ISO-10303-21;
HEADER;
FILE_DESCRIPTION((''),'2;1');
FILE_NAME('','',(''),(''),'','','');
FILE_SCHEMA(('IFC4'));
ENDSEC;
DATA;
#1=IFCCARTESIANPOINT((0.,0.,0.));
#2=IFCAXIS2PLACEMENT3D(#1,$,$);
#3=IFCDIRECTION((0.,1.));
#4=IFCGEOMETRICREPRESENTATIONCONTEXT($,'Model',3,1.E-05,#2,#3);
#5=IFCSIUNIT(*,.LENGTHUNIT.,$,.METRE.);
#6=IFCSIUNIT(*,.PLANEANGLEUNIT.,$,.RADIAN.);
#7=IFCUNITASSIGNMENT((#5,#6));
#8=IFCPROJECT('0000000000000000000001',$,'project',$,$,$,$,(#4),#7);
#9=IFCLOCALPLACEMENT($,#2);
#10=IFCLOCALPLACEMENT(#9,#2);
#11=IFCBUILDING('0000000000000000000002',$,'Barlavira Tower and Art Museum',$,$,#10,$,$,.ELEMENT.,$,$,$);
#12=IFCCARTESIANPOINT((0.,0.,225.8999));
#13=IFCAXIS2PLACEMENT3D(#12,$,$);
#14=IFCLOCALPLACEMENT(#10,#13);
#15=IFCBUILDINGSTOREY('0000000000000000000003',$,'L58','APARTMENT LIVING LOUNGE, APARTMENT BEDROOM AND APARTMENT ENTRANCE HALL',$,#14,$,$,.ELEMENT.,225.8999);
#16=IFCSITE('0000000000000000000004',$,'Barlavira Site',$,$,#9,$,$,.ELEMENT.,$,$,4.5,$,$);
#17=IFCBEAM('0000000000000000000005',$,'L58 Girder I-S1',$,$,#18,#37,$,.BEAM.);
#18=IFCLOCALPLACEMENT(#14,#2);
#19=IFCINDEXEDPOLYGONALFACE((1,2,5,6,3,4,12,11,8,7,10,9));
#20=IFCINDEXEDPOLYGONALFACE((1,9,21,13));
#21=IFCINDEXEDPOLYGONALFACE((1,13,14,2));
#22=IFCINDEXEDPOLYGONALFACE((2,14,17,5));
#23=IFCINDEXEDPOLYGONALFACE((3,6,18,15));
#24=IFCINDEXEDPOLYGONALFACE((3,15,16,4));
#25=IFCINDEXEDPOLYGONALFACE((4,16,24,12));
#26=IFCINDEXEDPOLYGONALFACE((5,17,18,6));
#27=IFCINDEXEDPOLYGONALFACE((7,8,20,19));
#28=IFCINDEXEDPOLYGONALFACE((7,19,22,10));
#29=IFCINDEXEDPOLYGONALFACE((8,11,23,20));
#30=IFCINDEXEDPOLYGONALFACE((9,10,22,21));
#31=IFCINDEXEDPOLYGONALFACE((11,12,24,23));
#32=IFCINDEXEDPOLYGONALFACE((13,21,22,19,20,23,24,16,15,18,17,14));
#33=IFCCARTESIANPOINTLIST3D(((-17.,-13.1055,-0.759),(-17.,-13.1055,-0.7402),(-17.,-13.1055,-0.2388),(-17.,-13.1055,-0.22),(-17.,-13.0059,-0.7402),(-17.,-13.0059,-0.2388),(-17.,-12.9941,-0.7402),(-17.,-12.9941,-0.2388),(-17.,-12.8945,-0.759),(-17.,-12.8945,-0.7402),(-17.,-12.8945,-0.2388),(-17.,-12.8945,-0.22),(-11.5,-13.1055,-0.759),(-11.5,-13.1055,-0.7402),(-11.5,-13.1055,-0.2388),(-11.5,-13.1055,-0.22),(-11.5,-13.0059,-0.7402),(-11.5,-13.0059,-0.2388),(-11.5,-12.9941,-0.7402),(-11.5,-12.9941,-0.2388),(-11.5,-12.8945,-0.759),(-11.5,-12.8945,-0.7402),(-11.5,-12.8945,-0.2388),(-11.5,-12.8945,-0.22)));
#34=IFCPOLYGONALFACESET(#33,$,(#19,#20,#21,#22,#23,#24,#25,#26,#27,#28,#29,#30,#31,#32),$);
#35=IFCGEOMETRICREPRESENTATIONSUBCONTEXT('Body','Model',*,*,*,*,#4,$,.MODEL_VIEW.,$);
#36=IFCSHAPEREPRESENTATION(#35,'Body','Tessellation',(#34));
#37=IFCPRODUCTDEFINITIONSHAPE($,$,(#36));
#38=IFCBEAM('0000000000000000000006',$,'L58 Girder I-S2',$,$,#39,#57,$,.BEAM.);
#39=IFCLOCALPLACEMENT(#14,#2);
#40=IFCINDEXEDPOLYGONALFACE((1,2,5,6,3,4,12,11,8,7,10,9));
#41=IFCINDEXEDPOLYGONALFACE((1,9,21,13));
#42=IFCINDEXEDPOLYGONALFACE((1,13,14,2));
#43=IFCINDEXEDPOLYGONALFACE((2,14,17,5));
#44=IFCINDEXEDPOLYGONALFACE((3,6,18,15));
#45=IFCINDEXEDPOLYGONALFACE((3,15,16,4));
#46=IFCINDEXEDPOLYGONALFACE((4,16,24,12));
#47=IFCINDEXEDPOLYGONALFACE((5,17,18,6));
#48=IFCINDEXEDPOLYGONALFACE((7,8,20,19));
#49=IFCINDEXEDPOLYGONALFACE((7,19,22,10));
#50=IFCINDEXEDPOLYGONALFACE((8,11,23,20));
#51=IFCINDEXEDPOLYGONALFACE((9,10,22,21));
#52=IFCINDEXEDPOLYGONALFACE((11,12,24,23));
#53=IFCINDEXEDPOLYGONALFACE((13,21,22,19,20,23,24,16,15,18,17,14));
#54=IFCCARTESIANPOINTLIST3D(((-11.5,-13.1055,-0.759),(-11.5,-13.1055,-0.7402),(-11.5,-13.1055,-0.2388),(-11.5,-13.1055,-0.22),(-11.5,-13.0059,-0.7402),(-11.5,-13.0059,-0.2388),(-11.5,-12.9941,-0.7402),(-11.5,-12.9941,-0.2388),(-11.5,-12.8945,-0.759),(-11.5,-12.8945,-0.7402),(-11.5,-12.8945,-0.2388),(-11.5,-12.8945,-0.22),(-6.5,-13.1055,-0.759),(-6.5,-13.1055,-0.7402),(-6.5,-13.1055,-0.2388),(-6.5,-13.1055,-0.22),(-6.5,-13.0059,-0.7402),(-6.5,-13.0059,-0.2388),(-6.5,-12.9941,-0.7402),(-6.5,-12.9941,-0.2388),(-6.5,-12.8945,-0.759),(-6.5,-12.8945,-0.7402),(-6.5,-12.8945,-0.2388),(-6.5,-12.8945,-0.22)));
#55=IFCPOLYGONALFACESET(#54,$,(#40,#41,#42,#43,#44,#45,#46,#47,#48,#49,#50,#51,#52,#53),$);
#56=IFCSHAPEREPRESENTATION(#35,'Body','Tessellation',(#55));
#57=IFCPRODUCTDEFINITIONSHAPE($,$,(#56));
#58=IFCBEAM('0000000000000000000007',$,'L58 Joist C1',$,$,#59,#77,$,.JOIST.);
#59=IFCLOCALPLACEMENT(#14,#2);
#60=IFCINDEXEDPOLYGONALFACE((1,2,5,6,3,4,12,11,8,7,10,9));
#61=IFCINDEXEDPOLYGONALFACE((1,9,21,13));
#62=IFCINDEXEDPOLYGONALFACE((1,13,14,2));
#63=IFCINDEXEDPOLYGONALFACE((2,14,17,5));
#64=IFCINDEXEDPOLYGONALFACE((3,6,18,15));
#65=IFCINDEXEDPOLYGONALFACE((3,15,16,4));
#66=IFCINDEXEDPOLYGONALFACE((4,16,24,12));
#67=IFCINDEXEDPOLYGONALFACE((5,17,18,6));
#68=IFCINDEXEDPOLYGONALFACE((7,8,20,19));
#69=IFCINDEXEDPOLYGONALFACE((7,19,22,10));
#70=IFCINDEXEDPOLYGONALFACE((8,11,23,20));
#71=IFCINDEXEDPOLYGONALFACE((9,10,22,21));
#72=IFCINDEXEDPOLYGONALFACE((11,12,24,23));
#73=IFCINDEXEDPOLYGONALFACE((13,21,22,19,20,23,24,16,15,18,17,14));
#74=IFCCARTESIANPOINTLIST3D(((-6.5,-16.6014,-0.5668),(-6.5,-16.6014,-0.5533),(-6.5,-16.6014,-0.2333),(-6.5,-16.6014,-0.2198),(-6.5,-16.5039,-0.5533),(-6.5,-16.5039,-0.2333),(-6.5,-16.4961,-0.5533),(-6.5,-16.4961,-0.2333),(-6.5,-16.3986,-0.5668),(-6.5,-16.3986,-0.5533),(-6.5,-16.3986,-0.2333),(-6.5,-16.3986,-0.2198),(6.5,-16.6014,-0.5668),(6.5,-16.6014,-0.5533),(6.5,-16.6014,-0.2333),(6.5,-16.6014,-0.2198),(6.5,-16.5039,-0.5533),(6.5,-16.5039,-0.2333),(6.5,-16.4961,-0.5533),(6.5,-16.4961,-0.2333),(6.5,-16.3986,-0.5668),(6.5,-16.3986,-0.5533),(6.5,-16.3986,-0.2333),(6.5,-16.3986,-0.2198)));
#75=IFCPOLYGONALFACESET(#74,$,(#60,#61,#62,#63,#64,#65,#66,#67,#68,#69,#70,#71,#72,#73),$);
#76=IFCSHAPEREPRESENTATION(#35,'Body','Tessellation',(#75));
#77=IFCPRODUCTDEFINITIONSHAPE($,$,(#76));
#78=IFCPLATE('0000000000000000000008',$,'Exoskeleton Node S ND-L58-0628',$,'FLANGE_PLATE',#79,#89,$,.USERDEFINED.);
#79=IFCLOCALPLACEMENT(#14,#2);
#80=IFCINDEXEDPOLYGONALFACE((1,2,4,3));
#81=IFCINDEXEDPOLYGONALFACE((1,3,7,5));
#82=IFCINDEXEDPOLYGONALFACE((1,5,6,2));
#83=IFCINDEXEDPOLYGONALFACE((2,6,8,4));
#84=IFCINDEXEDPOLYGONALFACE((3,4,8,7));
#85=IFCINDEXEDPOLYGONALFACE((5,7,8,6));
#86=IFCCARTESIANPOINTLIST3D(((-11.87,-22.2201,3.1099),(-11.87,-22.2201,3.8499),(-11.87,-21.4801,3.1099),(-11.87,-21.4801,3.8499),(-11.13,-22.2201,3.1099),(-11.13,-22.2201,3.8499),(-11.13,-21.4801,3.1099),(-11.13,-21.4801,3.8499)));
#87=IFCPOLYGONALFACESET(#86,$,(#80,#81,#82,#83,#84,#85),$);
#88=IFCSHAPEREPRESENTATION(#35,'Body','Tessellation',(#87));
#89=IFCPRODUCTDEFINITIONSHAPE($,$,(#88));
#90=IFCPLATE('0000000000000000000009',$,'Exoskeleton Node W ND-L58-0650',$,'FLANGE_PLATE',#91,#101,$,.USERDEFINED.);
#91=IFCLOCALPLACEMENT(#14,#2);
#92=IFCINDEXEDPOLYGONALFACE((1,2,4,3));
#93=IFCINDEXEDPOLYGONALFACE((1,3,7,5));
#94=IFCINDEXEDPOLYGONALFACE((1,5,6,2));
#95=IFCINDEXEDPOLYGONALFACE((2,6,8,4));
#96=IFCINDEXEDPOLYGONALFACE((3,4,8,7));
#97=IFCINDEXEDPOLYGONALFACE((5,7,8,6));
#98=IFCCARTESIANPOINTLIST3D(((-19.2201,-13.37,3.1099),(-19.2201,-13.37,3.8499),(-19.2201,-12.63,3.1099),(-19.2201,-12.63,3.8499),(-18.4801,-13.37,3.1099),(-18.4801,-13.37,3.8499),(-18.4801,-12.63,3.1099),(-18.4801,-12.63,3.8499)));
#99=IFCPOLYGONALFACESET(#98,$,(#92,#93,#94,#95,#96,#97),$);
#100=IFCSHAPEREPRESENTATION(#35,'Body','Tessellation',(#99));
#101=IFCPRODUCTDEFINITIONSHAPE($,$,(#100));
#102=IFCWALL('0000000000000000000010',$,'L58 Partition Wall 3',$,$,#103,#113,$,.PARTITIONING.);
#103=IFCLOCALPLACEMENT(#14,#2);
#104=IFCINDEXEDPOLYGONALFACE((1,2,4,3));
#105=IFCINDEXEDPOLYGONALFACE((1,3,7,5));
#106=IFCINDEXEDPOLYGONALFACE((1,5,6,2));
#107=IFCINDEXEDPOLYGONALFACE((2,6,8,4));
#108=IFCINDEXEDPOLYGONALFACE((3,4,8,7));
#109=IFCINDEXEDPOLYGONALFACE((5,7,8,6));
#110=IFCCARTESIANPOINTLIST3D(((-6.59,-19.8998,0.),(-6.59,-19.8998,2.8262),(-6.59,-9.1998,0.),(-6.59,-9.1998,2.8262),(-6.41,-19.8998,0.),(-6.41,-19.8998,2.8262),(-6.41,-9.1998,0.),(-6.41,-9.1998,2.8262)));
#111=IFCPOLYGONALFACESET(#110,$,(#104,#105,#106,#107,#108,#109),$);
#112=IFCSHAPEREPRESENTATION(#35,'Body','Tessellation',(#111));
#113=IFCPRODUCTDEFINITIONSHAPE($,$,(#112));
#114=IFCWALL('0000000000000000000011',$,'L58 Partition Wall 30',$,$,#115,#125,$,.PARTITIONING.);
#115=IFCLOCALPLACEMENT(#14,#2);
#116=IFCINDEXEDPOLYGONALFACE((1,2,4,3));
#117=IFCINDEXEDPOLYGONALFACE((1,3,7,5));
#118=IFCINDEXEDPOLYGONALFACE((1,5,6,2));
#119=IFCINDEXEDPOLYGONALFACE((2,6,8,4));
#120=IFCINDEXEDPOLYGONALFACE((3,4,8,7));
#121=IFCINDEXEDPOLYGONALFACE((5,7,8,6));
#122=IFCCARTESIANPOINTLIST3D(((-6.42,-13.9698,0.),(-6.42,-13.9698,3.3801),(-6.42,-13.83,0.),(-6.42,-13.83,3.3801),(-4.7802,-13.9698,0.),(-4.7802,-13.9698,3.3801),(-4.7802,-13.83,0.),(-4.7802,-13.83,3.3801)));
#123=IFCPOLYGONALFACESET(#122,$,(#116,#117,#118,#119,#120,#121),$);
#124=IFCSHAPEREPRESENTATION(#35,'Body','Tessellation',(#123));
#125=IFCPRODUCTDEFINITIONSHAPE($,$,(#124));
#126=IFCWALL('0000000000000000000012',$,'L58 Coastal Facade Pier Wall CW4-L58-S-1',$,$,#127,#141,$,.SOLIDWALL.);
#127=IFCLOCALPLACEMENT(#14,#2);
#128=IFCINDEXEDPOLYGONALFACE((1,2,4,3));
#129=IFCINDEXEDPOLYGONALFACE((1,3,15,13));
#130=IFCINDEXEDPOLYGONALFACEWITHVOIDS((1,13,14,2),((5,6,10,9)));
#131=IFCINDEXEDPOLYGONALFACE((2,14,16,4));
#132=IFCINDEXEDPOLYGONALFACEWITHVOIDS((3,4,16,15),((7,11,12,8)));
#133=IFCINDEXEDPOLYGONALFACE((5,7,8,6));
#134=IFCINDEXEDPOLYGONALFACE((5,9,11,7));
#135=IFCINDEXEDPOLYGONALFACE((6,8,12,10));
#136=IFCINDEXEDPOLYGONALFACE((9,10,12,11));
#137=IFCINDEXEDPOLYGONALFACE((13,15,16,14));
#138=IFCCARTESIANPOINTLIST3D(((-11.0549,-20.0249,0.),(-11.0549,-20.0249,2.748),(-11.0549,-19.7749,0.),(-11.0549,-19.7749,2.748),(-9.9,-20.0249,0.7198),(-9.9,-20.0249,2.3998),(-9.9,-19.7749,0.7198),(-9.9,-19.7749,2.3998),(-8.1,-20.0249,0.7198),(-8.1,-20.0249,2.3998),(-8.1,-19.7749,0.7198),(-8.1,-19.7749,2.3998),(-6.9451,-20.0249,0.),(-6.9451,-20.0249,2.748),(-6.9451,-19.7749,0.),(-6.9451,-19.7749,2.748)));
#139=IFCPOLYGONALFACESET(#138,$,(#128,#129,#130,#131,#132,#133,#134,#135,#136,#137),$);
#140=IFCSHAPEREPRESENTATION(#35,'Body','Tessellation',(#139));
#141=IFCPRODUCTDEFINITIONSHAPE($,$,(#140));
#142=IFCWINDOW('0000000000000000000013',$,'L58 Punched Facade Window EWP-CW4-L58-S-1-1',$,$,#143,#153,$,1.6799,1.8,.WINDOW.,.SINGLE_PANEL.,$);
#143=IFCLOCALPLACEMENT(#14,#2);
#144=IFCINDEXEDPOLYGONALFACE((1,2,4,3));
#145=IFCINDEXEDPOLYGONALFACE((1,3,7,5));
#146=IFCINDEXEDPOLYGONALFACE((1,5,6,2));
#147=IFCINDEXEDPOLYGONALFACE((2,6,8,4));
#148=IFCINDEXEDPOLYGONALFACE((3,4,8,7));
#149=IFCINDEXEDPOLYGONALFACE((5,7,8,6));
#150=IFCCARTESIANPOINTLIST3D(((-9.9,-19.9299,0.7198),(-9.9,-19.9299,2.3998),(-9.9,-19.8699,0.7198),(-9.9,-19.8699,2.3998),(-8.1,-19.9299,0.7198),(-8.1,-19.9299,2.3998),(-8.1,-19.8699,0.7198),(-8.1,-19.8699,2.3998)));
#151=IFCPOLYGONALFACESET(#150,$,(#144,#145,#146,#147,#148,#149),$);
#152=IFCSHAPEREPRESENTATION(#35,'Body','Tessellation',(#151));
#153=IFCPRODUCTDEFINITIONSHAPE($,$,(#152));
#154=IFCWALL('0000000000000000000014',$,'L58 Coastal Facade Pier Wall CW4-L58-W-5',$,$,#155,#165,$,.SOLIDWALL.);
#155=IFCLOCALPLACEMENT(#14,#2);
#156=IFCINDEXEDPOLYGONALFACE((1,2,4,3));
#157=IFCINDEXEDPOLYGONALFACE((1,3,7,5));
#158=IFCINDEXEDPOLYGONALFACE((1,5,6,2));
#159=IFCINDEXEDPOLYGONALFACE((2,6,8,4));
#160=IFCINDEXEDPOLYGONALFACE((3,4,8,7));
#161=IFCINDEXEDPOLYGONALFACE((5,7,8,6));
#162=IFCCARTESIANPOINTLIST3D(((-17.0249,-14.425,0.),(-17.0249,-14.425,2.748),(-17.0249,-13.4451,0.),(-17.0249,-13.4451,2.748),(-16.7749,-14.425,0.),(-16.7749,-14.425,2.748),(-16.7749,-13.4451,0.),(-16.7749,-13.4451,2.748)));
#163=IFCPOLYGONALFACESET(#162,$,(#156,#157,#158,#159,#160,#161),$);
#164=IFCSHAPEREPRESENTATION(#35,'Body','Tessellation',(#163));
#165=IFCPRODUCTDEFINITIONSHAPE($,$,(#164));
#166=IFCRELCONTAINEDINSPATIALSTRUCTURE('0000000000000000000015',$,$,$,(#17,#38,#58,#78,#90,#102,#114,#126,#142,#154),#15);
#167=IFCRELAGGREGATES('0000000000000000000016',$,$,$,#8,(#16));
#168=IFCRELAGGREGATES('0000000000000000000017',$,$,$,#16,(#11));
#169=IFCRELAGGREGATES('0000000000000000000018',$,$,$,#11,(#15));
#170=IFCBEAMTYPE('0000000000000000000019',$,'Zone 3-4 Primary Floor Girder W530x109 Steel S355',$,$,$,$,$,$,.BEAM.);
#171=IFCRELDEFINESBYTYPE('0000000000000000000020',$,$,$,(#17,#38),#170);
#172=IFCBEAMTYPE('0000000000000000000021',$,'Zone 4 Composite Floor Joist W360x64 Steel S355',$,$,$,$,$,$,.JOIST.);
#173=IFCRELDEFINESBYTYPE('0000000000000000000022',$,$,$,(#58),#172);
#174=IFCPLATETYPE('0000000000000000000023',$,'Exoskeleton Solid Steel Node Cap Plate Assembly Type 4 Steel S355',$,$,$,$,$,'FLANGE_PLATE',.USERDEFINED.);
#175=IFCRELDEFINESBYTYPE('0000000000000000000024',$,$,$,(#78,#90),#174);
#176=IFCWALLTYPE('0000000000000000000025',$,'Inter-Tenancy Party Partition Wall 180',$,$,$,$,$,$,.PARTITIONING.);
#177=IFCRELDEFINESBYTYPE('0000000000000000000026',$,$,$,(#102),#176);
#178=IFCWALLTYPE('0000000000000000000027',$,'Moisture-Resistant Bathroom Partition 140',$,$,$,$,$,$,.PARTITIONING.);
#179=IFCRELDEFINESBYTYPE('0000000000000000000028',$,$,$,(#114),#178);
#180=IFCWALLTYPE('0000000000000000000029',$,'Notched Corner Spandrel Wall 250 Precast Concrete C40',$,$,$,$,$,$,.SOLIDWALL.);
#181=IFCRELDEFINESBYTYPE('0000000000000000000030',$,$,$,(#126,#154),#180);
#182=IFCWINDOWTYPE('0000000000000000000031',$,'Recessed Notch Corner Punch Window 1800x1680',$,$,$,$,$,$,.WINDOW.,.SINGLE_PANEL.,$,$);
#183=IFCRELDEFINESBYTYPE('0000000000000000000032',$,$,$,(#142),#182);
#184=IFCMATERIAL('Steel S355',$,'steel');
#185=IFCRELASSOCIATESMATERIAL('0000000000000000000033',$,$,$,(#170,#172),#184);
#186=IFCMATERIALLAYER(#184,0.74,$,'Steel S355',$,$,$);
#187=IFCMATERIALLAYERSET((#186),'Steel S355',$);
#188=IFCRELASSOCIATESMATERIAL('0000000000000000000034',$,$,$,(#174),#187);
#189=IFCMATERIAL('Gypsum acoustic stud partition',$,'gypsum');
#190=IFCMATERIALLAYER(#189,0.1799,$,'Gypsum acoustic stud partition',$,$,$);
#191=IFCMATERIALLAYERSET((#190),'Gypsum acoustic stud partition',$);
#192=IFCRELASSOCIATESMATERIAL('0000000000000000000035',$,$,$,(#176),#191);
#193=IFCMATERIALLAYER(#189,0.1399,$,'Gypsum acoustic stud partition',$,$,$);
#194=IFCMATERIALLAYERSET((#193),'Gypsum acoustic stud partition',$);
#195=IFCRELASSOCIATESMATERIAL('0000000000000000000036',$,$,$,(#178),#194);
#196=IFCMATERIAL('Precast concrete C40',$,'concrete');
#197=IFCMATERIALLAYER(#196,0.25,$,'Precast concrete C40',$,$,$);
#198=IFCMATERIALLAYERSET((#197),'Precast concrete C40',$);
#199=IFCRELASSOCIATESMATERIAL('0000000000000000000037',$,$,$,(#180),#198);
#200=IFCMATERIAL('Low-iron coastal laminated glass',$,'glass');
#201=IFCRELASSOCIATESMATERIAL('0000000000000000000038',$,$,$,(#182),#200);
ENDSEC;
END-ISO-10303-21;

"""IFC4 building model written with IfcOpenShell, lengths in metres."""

from ifc_helpers import new_model, si_unit, direction, frame, frame_2d, origin, origin_2d, place, context, subcontext, project, spatial, rectangle, i_section, extrude, material, layer, layer_set, material_profile, profile_set, type_object, element, fill, save


model = new_model("IFC4")

# Units and contexts
model_context = context("Model", 3, precision=1e-05, world=origin(), true_north=direction((0.0, 1.0)))
body_context = subcontext(model_context, "Body", "Model", "MODEL_VIEW")
ifc_project = project(units=[si_unit("LENGTHUNIT", "METRE"), si_unit("PLANEANGLEUNIT", "RADIAN")], contexts=[model_context])

# Site, building, storey
site_placement = place(None, origin())
site = spatial("IfcSite", under=ifc_project, at=site_placement, Name="Barlavira Site", CompositionType="ELEMENT", RefElevation=4.5)
building_placement = place(site_placement, origin())
building = spatial("IfcBuilding", under=site, at=building_placement, Name="Barlavira Tower and Art Museum", CompositionType="ELEMENT")
storey_placement = place(building_placement, frame((0.0, 0.0, 225.8999)))
storey = spatial("IfcBuildingStorey", under=building, at=storey_placement, Name="L58", Description="APARTMENT LIVING LOUNGE, APARTMENT BEDROOM AND APARTMENT ENTRANCE HALL", CompositionType="ELEMENT", Elevation=225.8999)

# Shared definitions
ifc_material_1 = material(Name="Low-iron coastal laminated glass", Category="glass")

# Beams
ifc_material_2 = material(Name="Steel S355", Category="steel")
ifc_material_profile_1 = material_profile(ifc_material_2, i_section(OverallWidth=0.2109, OverallDepth=0.5391, WebThickness=0.0117, FlangeThickness=0.0188, at=origin_2d()), Name="W530x109.0")
ifc_profile_set_1 = profile_set([ifc_material_profile_1], Name="Steel S355")
beam_type_1 = type_object("IfcBeamType", Name="Zone 3-4 Primary Floor Girder W530x109 Steel S355", PredefinedType="BEAM", material=ifc_profile_set_1)
beam_1_placement = place(storey_placement, frame((-17.0, -13.0, -0.4895), z_axis=(1.0, 0.0, 0.0), x_axis=(0.0, 1.0, 0.0)))
element("IfcBeam", 1, at=beam_1_placement, inside=storey, type_object=beam_type_1, Name="L58 Girder I-S1", PredefinedType="BEAM", context=body_context, shape_type="SweptSolid", body=[
    extrude(i_section(OverallWidth=0.2109, OverallDepth=0.5391, WebThickness=0.0117, FlangeThickness=0.0188, at=origin_2d()), origin(), (0.0, 0.0, 1.0), 5.5),
])
beam_2_placement = place(storey_placement, frame((-11.5, -13.0, -0.4895), z_axis=(1.0, 0.0, 0.0), x_axis=(0.0, 1.0, 0.0)))
element("IfcBeam", 2, at=beam_2_placement, inside=storey, type_object=beam_type_1, Name="L58 Girder I-S2", PredefinedType="BEAM", context=body_context, shape_type="SweptSolid", body=[
    extrude(i_section(OverallWidth=0.2109, OverallDepth=0.5391, WebThickness=0.0117, FlangeThickness=0.0188, at=origin_2d()), origin(), (0.0, 0.0, 1.0), 5.0),
])
ifc_material_profile_2 = material_profile(ifc_material_2, i_section(OverallWidth=0.2029, OverallDepth=0.3469, WebThickness=0.0078, FlangeThickness=0.0134, at=origin_2d()), Name="W360x64.0")
ifc_profile_set_2 = profile_set([ifc_material_profile_2], Name="Steel S355")
beam_type_2 = type_object("IfcBeamType", Name="Zone 4 Composite Floor Joist W360x64 Steel S355", PredefinedType="JOIST", material=ifc_profile_set_2)
beam_3_placement = place(storey_placement, frame((-6.5, -16.5, -0.3933), z_axis=(1.0, 0.0, 0.0), x_axis=(0.0, 1.0, 0.0)))
element("IfcBeam", 3, at=beam_3_placement, inside=storey, type_object=beam_type_2, Name="L58 Joist C1", PredefinedType="JOIST", context=body_context, shape_type="SweptSolid", body=[
    extrude(i_section(OverallWidth=0.2029, OverallDepth=0.3469, WebThickness=0.0078, FlangeThickness=0.0134, at=origin_2d()), origin(), (0.0, 0.0, 1.0), 13.0),
])

# Plates
ifc_layer_1 = layer(ifc_material_2, 0.74, Name="Steel S355")
ifc_layer_set_1 = layer_set([ifc_layer_1], Name="Steel S355")
plate_type = type_object("IfcPlateType", Name="Exoskeleton Solid Steel Node Cap Plate Assembly Type 4 Steel S355", ElementType="FLANGE_PLATE", PredefinedType="USERDEFINED", material=ifc_layer_set_1)
for number, where, z_axis, x_axis, name in (
    (4, (-11.5, -21.8501, 3.1099), (0.0, 0.0, 1.0), (1.0, 0.0, 0.0), "Exoskeleton Node S ND-L58-0628"),
    (5, (-18.8501, -13.0, 3.1099), (0.0, 0.0, 1.0), (1.0, 0.0, 0.0), "Exoskeleton Node W ND-L58-0650"),
):
    element("IfcPlate", number, at=place(storey_placement, frame(where, z_axis=z_axis, x_axis=x_axis)), inside=storey, type_object=plate_type, Name=name, ObjectType="FLANGE_PLATE", PredefinedType="USERDEFINED", context=body_context, shape_type="SweptSolid", body=[
        extrude(rectangle(XDim=0.74, YDim=0.74, at=origin_2d()), origin(), (0.0, 0.0, 1.0), 0.74),
    ])

# Walls
ifc_material_3 = material(Name="Gypsum acoustic stud partition", Category="gypsum")
ifc_layer_2 = layer(ifc_material_3, 0.1799, Name="Gypsum acoustic stud partition")
ifc_layer_set_2 = layer_set([ifc_layer_2], Name="Gypsum acoustic stud partition")
wall_type_1 = type_object("IfcWallType", Name="Inter-Tenancy Party Partition Wall 180", PredefinedType="PARTITIONING", material=ifc_layer_set_2)
wall_1_placement = place(storey_placement, frame((-6.5, -19.8999, 0.0), z_axis=(0.0, 0.0, 1.0), x_axis=(0.0, 1.0, 0.0)))
element("IfcWall", 6, at=wall_1_placement, inside=storey, type_object=wall_type_1, Name="L58 Partition Wall 3", PredefinedType="PARTITIONING", context=body_context, shape_type="SweptSolid", body=[
    extrude(rectangle(XDim=10.7, YDim=0.1799, at=frame_2d((5.3501, 0.0))), origin(), (0.0, 0.0, 1.0), 2.8262),
])
ifc_layer_3 = layer(ifc_material_3, 0.1399, Name="Gypsum acoustic stud partition")
ifc_layer_set_3 = layer_set([ifc_layer_3], Name="Gypsum acoustic stud partition")
wall_type_2 = type_object("IfcWallType", Name="Moisture-Resistant Bathroom Partition 140", PredefinedType="PARTITIONING", material=ifc_layer_set_3)
wall_2_placement = place(storey_placement, frame((-6.4199, -13.8999, 0.0), z_axis=(0.0, 0.0, 1.0), x_axis=(1.0, 0.0, 0.0)))
element("IfcWall", 7, at=wall_2_placement, inside=storey, type_object=wall_type_2, Name="L58 Partition Wall 30", PredefinedType="PARTITIONING", context=body_context, shape_type="SweptSolid", body=[
    extrude(rectangle(XDim=1.6399, YDim=0.1399, at=frame_2d((0.8198, 0.0))), origin(), (0.0, 0.0, 1.0), 3.3801),
])

# Wall, opening, window
ifc_material_4 = material(Name="Precast concrete C40", Category="concrete")
ifc_layer_4 = layer(ifc_material_4, 0.25, Name="Precast concrete C40")
ifc_layer_set_4 = layer_set([ifc_layer_4], Name="Precast concrete C40")
wall_type_3 = type_object("IfcWallType", Name="Notched Corner Spandrel Wall 250 Precast Concrete C40", PredefinedType="SOLIDWALL", material=ifc_layer_set_4)
wall_3_placement = place(storey_placement, frame((-11.0549, -19.8999, 0.0), z_axis=(0.0, 0.0, 1.0), x_axis=(1.0, 0.0, 0.0)))
wall_3 = element("IfcWall", 8, at=wall_3_placement, inside=storey, type_object=wall_type_3, Name="L58 Coastal Facade Pier Wall CW4-L58-S-1", PredefinedType="SOLIDWALL", context=body_context, shape_type="SweptSolid", body=[
    extrude(rectangle(XDim=4.1099, YDim=0.25, at=frame_2d((2.0549, 0.0))), origin(), (0.0, 0.0, 1.0), 2.748),
])
opening_1_placement = place(wall_3_placement, frame((1.155, 0.0, 0.72)))
opening_1 = element("IfcOpeningElement", 9, at=opening_1_placement, cuts=wall_3, PredefinedType="OPENING", context=body_context, shape_type="SweptSolid", body=[
    extrude(rectangle(XDim=1.8, YDim=1.6799, at=frame_2d((0.8999, 0.8398))), frame((0.0, 0.135, 0.0), z_axis=(0.0, -1.0, 0.0), x_axis=(1.0, 0.0, 0.0)), (0.0, 0.0, 1.0), 0.27),
])
window_type = type_object("IfcWindowType", Name="Recessed Notch Corner Punch Window 1800x1680", PartitioningType="SINGLE_PANEL", PredefinedType="WINDOW", material=ifc_material_1)
window_1_placement = place(opening_1_placement, origin())
window_1 = element("IfcWindow", 10, at=window_1_placement, inside=storey, type_object=window_type, Name="L58 Punched Facade Window EWP-CW4-L58-S-1-1", OverallHeight=1.6799, OverallWidth=1.8, PartitioningType="SINGLE_PANEL", PredefinedType="WINDOW", context=body_context, shape_type="SweptSolid", body=[
    extrude(rectangle(XDim=1.8, YDim=1.6799, at=frame_2d((0.8999, 0.8398))), frame((0.0, 0.03, 0.0), z_axis=(0.0, -1.0, 0.0), x_axis=(1.0, 0.0, 0.0)), (0.0, 0.0, 1.0), 0.0601),
])
fill(opening_1, window_1)

# Wall
wall_4_placement = place(storey_placement, frame((-16.8999, -13.4451, 0.0), z_axis=(0.0, 0.0, 1.0), x_axis=(0.0, -1.0, 0.0)))
element("IfcWall", 11, at=wall_4_placement, inside=storey, type_object=wall_type_3, Name="L58 Coastal Facade Pier Wall CW4-L58-W-5", PredefinedType="SOLIDWALL", context=body_context, shape_type="SweptSolid", body=[
    extrude(rectangle(XDim=0.98, YDim=0.25, at=frame_2d((0.49, 0.0))), origin(), (0.0, 0.0, 1.0), 2.748),
])

save(model, "model.ifc")
